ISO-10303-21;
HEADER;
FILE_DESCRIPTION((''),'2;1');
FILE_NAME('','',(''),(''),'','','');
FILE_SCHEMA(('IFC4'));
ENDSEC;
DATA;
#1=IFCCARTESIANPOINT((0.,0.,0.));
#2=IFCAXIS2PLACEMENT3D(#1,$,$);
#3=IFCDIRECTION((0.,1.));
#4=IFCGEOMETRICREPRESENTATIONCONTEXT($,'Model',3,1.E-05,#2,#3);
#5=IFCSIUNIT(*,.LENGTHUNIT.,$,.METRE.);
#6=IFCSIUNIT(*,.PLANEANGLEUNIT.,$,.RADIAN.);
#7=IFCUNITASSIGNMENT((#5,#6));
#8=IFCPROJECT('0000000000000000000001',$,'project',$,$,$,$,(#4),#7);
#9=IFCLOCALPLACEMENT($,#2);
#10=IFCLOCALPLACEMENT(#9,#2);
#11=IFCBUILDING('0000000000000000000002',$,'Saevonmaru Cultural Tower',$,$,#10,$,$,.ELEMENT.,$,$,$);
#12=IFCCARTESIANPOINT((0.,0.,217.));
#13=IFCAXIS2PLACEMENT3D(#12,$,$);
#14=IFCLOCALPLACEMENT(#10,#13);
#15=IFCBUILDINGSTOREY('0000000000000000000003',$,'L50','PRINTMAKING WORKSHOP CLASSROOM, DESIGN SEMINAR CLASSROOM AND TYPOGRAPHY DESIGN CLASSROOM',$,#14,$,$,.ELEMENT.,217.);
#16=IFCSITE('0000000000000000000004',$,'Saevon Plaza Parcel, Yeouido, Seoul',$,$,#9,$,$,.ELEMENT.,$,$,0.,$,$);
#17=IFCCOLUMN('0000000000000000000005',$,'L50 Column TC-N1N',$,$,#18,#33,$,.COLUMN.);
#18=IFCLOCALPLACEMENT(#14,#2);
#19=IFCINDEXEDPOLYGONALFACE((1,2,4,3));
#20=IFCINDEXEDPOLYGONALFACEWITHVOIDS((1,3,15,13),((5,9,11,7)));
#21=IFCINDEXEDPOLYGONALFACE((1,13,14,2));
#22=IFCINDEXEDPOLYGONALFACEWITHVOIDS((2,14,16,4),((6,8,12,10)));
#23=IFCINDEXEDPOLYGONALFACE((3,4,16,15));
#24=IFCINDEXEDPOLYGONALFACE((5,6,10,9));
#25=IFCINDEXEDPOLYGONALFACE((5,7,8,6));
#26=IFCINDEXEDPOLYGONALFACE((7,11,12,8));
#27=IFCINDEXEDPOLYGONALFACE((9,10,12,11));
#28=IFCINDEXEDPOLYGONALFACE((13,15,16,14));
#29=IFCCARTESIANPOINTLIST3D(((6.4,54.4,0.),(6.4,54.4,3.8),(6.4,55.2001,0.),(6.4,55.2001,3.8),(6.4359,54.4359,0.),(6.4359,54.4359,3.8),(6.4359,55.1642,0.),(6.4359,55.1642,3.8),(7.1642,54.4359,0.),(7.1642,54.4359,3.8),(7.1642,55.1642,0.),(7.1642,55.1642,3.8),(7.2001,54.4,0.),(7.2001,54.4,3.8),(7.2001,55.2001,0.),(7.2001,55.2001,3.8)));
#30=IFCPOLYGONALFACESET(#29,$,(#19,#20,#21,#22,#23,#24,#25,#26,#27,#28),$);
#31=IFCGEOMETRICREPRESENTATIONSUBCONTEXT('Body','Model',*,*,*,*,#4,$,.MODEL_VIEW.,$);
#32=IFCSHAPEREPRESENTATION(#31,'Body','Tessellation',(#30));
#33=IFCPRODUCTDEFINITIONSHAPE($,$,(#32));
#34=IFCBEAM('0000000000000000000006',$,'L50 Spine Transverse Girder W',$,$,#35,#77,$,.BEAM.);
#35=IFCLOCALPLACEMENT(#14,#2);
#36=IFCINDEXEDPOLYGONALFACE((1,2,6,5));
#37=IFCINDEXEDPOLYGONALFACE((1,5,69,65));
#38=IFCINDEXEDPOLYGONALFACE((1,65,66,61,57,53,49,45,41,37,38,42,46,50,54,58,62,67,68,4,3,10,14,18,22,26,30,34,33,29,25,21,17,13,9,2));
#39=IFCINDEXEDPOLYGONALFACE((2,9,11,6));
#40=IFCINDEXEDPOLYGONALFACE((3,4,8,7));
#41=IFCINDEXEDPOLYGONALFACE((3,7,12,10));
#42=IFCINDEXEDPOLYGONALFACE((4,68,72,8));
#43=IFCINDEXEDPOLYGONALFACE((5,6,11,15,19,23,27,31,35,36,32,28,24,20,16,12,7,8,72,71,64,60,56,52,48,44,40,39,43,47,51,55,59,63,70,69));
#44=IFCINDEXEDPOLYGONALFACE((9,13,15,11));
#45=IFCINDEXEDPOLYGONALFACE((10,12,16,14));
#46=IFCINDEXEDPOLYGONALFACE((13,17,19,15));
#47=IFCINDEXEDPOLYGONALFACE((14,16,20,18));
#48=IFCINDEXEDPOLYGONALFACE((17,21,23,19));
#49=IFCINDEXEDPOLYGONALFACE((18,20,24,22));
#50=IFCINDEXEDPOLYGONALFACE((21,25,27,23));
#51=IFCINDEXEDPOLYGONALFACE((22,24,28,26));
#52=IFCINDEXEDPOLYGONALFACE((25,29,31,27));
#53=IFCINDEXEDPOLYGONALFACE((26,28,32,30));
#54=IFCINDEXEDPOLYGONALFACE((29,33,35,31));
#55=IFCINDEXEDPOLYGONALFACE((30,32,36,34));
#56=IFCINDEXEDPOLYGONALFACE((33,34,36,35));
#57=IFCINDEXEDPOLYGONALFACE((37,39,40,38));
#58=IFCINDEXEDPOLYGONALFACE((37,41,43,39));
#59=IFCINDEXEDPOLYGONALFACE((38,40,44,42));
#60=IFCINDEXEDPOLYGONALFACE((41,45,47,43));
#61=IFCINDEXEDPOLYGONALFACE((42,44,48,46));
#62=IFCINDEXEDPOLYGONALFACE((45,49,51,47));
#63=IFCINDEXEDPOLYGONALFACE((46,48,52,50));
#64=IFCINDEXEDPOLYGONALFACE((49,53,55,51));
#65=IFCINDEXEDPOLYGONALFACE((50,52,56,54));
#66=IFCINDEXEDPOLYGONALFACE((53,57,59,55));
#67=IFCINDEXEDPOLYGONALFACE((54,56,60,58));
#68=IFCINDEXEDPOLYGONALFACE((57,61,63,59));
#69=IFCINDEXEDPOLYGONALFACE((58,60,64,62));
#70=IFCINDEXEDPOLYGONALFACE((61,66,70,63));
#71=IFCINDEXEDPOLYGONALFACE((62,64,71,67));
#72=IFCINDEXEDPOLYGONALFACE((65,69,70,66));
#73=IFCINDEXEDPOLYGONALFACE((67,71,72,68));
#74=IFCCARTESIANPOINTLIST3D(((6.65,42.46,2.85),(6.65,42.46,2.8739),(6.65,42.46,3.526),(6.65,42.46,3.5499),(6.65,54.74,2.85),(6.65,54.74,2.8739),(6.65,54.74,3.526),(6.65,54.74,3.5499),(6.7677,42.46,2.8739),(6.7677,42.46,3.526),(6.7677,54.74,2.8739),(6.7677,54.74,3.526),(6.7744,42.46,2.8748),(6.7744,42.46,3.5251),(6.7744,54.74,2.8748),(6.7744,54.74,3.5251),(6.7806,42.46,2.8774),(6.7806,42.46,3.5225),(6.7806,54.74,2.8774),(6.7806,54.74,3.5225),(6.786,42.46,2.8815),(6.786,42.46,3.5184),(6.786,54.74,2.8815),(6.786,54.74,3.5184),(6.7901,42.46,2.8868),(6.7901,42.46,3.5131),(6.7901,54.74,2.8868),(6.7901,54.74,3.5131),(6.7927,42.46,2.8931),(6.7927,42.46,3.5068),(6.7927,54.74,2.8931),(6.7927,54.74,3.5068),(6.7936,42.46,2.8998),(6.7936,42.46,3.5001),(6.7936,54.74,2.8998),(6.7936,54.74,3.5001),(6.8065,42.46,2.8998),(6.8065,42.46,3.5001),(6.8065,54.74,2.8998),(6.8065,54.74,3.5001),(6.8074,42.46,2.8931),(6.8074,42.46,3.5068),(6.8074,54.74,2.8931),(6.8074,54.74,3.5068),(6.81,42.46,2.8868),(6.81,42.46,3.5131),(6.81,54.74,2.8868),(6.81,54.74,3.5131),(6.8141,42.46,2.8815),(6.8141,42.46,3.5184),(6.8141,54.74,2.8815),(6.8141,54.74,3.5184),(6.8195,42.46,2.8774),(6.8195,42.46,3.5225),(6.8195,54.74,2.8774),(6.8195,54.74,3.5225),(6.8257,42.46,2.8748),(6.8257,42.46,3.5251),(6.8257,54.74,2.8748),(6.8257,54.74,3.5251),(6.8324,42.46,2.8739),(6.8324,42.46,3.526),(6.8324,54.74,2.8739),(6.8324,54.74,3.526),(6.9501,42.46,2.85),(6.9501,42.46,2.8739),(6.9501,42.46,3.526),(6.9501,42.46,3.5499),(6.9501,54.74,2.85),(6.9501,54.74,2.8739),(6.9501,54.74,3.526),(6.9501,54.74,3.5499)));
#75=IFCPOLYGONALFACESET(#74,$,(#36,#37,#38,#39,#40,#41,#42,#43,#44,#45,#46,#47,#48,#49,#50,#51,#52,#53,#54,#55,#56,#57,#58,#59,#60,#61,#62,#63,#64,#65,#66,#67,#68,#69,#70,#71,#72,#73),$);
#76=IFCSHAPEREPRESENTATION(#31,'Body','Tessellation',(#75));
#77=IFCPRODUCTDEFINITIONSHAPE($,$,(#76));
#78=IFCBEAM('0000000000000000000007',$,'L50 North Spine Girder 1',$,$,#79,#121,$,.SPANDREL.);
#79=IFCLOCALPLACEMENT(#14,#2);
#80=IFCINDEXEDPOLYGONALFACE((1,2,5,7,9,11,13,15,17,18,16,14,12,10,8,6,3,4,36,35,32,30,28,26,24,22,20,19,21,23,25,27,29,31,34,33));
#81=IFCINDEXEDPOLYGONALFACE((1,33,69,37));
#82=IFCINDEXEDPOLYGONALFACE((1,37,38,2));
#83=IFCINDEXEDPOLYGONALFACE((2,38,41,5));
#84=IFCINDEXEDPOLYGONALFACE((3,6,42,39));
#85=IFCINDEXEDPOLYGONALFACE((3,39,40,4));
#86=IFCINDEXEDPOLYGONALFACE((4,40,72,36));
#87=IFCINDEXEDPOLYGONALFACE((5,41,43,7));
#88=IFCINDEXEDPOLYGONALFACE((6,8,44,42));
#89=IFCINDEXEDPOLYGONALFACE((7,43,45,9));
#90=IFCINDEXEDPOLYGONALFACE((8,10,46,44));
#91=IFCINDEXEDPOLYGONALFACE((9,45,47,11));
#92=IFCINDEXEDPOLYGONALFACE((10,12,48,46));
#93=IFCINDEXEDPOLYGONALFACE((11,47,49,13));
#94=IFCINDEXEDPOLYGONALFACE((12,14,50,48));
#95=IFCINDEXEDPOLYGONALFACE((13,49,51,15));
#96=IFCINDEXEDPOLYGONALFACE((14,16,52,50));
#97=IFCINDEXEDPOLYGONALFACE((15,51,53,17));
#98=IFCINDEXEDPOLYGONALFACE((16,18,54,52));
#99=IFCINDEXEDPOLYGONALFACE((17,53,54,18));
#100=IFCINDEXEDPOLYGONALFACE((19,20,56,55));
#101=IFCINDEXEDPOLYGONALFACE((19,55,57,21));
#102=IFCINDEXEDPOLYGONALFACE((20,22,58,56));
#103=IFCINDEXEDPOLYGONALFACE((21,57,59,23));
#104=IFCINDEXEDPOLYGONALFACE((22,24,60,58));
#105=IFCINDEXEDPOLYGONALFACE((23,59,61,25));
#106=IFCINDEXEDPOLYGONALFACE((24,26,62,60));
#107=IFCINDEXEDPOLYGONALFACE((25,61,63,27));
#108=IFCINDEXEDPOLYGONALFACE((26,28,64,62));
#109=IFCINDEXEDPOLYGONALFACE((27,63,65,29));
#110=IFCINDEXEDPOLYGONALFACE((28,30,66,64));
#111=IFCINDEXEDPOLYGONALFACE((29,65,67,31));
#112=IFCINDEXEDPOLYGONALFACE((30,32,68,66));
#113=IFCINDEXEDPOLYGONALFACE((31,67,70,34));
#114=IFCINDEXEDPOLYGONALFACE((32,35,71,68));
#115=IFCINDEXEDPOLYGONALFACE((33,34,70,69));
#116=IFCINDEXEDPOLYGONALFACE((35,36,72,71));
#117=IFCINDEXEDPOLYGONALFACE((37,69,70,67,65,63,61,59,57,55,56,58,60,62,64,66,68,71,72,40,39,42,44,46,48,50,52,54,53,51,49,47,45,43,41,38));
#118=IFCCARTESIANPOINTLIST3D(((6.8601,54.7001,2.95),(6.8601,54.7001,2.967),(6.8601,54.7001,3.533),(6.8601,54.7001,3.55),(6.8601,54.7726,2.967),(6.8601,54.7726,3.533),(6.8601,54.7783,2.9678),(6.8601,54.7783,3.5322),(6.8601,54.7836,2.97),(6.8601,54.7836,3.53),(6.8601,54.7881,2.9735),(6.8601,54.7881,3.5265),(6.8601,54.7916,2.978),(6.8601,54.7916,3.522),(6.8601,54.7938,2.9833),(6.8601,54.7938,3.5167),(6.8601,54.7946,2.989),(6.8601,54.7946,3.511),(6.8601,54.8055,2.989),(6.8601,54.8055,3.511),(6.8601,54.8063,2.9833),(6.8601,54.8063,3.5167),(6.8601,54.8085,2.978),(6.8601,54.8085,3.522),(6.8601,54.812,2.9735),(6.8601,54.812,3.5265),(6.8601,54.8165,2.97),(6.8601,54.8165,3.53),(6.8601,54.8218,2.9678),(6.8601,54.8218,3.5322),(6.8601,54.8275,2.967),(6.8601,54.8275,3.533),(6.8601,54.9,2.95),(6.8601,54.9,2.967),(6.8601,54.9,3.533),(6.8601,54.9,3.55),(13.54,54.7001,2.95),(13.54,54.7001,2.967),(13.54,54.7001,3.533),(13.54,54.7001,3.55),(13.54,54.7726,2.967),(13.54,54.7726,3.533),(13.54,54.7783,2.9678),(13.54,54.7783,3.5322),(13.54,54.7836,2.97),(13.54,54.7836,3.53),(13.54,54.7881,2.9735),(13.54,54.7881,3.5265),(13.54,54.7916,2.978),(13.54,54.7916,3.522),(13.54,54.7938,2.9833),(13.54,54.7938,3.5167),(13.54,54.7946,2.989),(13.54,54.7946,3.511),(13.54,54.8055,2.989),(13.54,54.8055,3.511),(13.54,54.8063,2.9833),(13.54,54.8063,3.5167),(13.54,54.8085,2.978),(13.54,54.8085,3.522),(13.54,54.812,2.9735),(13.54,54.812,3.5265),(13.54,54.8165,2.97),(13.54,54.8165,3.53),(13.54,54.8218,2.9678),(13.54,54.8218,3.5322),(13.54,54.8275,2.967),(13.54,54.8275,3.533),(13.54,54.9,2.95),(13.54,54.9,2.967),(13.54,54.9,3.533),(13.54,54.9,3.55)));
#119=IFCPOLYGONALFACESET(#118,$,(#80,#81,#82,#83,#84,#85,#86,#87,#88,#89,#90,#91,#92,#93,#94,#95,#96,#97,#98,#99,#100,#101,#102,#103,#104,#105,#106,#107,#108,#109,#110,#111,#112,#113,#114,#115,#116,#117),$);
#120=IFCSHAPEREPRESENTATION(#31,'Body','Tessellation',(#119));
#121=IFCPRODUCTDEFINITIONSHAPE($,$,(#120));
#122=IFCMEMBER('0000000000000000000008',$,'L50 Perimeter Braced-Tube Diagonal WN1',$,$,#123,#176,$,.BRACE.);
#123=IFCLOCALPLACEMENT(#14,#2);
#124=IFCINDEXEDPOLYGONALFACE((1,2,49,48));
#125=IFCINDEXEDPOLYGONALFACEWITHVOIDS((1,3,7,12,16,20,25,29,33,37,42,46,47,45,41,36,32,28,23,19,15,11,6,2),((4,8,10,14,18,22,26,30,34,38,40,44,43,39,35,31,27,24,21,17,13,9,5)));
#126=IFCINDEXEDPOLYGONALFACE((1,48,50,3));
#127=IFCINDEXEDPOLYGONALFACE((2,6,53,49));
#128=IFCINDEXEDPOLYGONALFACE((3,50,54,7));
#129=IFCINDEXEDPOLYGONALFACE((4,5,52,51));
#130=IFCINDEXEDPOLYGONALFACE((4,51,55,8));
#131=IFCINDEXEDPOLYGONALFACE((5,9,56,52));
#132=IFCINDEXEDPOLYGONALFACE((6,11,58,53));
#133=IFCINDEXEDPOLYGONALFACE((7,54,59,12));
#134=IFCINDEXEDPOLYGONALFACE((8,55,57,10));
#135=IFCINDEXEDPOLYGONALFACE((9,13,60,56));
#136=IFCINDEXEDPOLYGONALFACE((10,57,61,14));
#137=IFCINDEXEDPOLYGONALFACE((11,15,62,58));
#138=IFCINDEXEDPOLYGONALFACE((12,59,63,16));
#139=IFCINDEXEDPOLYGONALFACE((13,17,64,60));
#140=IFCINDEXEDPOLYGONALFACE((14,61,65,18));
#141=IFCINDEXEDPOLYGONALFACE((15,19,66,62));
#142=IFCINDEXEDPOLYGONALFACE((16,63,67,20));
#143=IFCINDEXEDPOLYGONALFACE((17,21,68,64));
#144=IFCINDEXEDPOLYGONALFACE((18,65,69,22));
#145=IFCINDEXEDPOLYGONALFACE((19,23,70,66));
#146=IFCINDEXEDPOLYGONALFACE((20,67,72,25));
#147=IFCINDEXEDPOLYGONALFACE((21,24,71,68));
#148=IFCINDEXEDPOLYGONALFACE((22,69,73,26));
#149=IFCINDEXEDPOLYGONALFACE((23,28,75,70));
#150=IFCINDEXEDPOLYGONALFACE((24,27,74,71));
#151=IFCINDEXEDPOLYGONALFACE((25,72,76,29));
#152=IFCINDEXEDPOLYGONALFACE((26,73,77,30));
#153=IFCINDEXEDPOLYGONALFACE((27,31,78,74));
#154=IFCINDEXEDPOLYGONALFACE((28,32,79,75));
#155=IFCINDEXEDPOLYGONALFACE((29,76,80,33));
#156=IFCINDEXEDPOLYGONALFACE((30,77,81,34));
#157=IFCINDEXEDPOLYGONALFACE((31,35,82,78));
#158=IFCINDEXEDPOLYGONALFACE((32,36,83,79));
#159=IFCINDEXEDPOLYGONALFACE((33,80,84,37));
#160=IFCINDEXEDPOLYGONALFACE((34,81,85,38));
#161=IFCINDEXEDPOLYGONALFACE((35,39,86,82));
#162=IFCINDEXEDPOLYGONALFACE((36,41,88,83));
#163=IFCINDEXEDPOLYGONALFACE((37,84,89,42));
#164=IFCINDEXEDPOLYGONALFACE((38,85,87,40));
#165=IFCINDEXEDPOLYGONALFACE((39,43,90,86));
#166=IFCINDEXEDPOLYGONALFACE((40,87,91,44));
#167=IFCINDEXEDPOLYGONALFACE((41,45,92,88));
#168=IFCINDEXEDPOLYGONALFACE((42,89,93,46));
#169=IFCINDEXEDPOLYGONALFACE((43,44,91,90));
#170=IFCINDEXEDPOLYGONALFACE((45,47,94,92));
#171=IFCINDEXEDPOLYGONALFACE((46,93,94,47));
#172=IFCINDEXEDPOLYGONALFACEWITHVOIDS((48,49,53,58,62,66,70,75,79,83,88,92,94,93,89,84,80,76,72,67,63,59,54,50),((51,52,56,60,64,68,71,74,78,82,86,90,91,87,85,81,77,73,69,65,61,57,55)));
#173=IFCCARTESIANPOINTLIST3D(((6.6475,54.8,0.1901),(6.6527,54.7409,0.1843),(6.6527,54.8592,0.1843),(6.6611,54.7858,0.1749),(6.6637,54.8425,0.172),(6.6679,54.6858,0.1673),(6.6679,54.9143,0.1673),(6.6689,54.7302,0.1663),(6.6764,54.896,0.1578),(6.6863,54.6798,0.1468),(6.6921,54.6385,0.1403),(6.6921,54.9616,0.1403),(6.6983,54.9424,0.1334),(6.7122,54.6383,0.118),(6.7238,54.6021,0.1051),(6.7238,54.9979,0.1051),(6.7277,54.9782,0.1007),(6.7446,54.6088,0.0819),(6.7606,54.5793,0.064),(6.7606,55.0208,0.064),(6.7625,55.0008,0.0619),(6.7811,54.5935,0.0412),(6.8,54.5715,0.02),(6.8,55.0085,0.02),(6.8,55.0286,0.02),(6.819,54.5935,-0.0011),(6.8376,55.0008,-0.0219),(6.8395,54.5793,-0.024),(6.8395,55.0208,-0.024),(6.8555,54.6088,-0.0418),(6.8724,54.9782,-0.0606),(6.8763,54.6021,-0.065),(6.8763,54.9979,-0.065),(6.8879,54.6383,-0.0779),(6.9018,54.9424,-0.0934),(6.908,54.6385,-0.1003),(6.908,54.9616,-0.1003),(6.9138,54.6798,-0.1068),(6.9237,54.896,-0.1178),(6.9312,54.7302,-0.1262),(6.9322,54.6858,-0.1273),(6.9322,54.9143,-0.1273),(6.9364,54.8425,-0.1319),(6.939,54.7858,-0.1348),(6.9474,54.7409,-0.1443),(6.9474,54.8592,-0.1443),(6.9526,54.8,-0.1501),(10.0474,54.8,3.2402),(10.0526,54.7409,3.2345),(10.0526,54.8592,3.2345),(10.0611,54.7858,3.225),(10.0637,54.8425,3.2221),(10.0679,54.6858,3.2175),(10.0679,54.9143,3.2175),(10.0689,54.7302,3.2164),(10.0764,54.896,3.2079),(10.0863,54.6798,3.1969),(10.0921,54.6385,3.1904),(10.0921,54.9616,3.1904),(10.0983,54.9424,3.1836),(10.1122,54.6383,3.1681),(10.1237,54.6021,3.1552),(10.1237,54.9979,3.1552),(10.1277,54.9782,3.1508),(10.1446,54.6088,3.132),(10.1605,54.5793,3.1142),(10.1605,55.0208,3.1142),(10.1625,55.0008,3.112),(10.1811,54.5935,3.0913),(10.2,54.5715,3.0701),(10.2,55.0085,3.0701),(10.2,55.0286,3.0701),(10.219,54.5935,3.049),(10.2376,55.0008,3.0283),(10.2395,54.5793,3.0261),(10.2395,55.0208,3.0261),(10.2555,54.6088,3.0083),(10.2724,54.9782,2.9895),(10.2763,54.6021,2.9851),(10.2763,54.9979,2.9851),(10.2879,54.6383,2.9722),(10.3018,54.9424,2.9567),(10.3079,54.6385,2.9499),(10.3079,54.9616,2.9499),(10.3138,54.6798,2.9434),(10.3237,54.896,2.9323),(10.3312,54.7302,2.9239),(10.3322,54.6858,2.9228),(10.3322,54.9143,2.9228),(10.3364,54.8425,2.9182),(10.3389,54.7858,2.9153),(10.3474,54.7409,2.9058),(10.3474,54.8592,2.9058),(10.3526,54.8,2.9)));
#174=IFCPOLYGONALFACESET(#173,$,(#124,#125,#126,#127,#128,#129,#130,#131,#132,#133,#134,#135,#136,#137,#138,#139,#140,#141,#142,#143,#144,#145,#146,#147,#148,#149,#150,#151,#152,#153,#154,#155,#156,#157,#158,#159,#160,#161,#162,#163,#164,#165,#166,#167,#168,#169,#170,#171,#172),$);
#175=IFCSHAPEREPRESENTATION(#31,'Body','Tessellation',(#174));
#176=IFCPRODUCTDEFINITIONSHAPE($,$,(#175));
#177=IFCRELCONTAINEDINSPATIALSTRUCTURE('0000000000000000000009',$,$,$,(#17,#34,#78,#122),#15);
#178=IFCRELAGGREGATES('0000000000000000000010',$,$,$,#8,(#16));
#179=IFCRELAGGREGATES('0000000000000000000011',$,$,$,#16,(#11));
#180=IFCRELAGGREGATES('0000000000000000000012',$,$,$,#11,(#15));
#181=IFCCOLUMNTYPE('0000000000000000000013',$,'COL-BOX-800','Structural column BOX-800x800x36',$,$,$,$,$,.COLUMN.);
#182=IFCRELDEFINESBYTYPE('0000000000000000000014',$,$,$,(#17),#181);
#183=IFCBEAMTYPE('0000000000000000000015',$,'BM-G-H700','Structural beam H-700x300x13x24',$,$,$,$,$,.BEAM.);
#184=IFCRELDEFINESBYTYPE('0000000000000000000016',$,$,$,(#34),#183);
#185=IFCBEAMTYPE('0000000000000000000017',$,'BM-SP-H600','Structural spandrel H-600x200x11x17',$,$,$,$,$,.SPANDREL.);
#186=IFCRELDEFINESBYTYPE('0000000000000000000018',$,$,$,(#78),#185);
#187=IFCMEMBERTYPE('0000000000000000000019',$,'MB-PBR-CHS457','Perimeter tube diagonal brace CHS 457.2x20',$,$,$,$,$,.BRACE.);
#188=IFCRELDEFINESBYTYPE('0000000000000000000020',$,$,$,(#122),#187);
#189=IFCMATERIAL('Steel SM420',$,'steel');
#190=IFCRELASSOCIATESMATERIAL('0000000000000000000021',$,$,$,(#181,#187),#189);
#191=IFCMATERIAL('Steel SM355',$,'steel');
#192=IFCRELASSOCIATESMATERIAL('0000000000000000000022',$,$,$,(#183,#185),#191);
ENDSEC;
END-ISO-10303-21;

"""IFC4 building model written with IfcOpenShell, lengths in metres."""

from ifc_helpers import new_model, si_unit, direction, frame, origin, origin_2d, place, context, subcontext, project, spatial, hollow_rectangle, hollow_circle, i_section, extrude, material, material_profile, profile_set, type_object, element, save


model = new_model("IFC4")

# Units and contexts
model_context = context("Model", 3, precision=1e-05, world=origin(), true_north=direction((0.0, 1.0)))
body_context = subcontext(model_context, "Body", "Model", "MODEL_VIEW")
ifc_project = project(units=[si_unit("LENGTHUNIT", "METRE"), si_unit("PLANEANGLEUNIT", "RADIAN")], contexts=[model_context])

# Site, building, storey
site_placement = place(None, origin())
site = spatial("IfcSite", under=ifc_project, at=site_placement, Name="Saevon Plaza Parcel, Yeouido, Seoul", CompositionType="ELEMENT", RefElevation=0.0)
building_placement = place(site_placement, origin())
building = spatial("IfcBuilding", under=site, at=building_placement, Name="Saevonmaru Cultural Tower", CompositionType="ELEMENT")
storey_placement = place(building_placement, frame((0.0, 0.0, 217.0)))
storey = spatial("IfcBuildingStorey", under=building, at=storey_placement, Name="L50", Description="PRINTMAKING WORKSHOP CLASSROOM, DESIGN SEMINAR CLASSROOM AND TYPOGRAPHY DESIGN CLASSROOM", CompositionType="ELEMENT", Elevation=217.0)

# Column
ifc_material_1 = material(Name="Steel SM420", Category="steel")
ifc_material_profile_1 = material_profile(ifc_material_1, hollow_rectangle(XDim=0.8, YDim=0.8, WallThickness=0.0359, at=origin_2d()), Name="BOX-800x800x36")
ifc_profile_set_1 = profile_set([ifc_material_profile_1], Name="Steel SM420")
column_type = type_object("IfcColumnType", Name="COL-BOX-800", Description="Structural column BOX-800x800x36", PredefinedType="COLUMN", material=ifc_profile_set_1)
column_placement = place(storey_placement, frame((6.8, 54.8, 0.0), z_axis=(0.0, 0.0, 1.0), x_axis=(1.0, 0.0, 0.0)))
element("IfcColumn", 1, at=column_placement, inside=storey, type_object=column_type, Name="L50 Column TC-N1N", PredefinedType="COLUMN", context=body_context, shape_type="SweptSolid", body=[
    extrude(hollow_rectangle(XDim=0.8, YDim=0.8, WallThickness=0.0359, at=origin_2d()), origin(), (0.0, 0.0, 1.0), 3.8),
])

# Beams
ifc_material_2 = material(Name="Steel SM355", Category="steel")
ifc_material_profile_2 = material_profile(ifc_material_2, i_section(OverallWidth=0.3, OverallDepth=0.7, WebThickness=0.0129, FlangeThickness=0.0239, FilletRadius=0.0259, at=origin_2d()), Name="H-700x300x13x24")
ifc_profile_set_2 = profile_set([ifc_material_profile_2], Name="Steel SM355")
beam_type_1 = type_object("IfcBeamType", Name="BM-G-H700", Description="Structural beam H-700x300x13x24", PredefinedType="BEAM", material=ifc_profile_set_2)
beam_1_placement = place(storey_placement, frame((6.8, 54.74, 3.2), z_axis=(0.0, -1.0, 0.0), x_axis=(1.0, 0.0, 0.0)))
element("IfcBeam", 2, at=beam_1_placement, inside=storey, type_object=beam_type_1, Name="L50 Spine Transverse Girder W", PredefinedType="BEAM", context=body_context, shape_type="SweptSolid", body=[
    extrude(i_section(OverallWidth=0.3, OverallDepth=0.7, WebThickness=0.0129, FlangeThickness=0.0239, FilletRadius=0.0259, at=origin_2d()), origin(), (0.0, 0.0, 1.0), 12.28),
])
ifc_material_profile_3 = material_profile(ifc_material_2, i_section(OverallWidth=0.2, OverallDepth=0.6001, WebThickness=0.011, FlangeThickness=0.0171, FilletRadius=0.022, at=origin_2d()), Name="H-600x200x11x17")
ifc_profile_set_3 = profile_set([ifc_material_profile_3], Name="Steel SM355")
beam_type_2 = type_object("IfcBeamType", Name="BM-SP-H600", Description="Structural spandrel H-600x200x11x17", PredefinedType="SPANDREL", material=ifc_profile_set_3)
beam_2_placement = place(storey_placement, frame((6.8601, 54.8, 3.25), z_axis=(1.0, 0.0, 0.0), x_axis=(0.0, 1.0, 0.0)))
element("IfcBeam", 3, at=beam_2_placement, inside=storey, type_object=beam_type_2, Name="L50 North Spine Girder 1", PredefinedType="SPANDREL", context=body_context, shape_type="SweptSolid", body=[
    extrude(i_section(OverallWidth=0.2, OverallDepth=0.6001, WebThickness=0.011, FlangeThickness=0.0171, FilletRadius=0.022, at=origin_2d()), origin(), (0.0, 0.0, 1.0), 6.6799),
])

# Member
ifc_material_profile_4 = material_profile(ifc_material_1, hollow_circle(Radius=0.2285, WallThickness=0.02, at=origin_2d()), Name="CHS-457.2x20")
ifc_profile_set_4 = profile_set([ifc_material_profile_4], Name="Steel SM420")
member_type_1 = type_object("IfcMemberType", Name="MB-PBR-CHS457", Description="Perimeter tube diagonal brace CHS 457.2x20", PredefinedType="BRACE", material=ifc_profile_set_4)
member_1_placement = place(storey_placement, frame((6.8, 54.8, 0.02), z_axis=(0.744367, 0.0, 0.667771), x_axis=(0.0, 1.0, 0.0)))
element("IfcMember", 4, at=member_1_placement, inside=storey, type_object=member_type_1, Name="L50 Perimeter Braced-Tube Diagonal WN1", PredefinedType="BRACE", context=body_context, shape_type="SweptSolid", body=[
    extrude(hollow_circle(Radius=0.2285, WallThickness=0.02, at=origin_2d()), origin(), (0.0, 0.0, 1.0), 4.5676),
])

save(model, "model.ifc")
